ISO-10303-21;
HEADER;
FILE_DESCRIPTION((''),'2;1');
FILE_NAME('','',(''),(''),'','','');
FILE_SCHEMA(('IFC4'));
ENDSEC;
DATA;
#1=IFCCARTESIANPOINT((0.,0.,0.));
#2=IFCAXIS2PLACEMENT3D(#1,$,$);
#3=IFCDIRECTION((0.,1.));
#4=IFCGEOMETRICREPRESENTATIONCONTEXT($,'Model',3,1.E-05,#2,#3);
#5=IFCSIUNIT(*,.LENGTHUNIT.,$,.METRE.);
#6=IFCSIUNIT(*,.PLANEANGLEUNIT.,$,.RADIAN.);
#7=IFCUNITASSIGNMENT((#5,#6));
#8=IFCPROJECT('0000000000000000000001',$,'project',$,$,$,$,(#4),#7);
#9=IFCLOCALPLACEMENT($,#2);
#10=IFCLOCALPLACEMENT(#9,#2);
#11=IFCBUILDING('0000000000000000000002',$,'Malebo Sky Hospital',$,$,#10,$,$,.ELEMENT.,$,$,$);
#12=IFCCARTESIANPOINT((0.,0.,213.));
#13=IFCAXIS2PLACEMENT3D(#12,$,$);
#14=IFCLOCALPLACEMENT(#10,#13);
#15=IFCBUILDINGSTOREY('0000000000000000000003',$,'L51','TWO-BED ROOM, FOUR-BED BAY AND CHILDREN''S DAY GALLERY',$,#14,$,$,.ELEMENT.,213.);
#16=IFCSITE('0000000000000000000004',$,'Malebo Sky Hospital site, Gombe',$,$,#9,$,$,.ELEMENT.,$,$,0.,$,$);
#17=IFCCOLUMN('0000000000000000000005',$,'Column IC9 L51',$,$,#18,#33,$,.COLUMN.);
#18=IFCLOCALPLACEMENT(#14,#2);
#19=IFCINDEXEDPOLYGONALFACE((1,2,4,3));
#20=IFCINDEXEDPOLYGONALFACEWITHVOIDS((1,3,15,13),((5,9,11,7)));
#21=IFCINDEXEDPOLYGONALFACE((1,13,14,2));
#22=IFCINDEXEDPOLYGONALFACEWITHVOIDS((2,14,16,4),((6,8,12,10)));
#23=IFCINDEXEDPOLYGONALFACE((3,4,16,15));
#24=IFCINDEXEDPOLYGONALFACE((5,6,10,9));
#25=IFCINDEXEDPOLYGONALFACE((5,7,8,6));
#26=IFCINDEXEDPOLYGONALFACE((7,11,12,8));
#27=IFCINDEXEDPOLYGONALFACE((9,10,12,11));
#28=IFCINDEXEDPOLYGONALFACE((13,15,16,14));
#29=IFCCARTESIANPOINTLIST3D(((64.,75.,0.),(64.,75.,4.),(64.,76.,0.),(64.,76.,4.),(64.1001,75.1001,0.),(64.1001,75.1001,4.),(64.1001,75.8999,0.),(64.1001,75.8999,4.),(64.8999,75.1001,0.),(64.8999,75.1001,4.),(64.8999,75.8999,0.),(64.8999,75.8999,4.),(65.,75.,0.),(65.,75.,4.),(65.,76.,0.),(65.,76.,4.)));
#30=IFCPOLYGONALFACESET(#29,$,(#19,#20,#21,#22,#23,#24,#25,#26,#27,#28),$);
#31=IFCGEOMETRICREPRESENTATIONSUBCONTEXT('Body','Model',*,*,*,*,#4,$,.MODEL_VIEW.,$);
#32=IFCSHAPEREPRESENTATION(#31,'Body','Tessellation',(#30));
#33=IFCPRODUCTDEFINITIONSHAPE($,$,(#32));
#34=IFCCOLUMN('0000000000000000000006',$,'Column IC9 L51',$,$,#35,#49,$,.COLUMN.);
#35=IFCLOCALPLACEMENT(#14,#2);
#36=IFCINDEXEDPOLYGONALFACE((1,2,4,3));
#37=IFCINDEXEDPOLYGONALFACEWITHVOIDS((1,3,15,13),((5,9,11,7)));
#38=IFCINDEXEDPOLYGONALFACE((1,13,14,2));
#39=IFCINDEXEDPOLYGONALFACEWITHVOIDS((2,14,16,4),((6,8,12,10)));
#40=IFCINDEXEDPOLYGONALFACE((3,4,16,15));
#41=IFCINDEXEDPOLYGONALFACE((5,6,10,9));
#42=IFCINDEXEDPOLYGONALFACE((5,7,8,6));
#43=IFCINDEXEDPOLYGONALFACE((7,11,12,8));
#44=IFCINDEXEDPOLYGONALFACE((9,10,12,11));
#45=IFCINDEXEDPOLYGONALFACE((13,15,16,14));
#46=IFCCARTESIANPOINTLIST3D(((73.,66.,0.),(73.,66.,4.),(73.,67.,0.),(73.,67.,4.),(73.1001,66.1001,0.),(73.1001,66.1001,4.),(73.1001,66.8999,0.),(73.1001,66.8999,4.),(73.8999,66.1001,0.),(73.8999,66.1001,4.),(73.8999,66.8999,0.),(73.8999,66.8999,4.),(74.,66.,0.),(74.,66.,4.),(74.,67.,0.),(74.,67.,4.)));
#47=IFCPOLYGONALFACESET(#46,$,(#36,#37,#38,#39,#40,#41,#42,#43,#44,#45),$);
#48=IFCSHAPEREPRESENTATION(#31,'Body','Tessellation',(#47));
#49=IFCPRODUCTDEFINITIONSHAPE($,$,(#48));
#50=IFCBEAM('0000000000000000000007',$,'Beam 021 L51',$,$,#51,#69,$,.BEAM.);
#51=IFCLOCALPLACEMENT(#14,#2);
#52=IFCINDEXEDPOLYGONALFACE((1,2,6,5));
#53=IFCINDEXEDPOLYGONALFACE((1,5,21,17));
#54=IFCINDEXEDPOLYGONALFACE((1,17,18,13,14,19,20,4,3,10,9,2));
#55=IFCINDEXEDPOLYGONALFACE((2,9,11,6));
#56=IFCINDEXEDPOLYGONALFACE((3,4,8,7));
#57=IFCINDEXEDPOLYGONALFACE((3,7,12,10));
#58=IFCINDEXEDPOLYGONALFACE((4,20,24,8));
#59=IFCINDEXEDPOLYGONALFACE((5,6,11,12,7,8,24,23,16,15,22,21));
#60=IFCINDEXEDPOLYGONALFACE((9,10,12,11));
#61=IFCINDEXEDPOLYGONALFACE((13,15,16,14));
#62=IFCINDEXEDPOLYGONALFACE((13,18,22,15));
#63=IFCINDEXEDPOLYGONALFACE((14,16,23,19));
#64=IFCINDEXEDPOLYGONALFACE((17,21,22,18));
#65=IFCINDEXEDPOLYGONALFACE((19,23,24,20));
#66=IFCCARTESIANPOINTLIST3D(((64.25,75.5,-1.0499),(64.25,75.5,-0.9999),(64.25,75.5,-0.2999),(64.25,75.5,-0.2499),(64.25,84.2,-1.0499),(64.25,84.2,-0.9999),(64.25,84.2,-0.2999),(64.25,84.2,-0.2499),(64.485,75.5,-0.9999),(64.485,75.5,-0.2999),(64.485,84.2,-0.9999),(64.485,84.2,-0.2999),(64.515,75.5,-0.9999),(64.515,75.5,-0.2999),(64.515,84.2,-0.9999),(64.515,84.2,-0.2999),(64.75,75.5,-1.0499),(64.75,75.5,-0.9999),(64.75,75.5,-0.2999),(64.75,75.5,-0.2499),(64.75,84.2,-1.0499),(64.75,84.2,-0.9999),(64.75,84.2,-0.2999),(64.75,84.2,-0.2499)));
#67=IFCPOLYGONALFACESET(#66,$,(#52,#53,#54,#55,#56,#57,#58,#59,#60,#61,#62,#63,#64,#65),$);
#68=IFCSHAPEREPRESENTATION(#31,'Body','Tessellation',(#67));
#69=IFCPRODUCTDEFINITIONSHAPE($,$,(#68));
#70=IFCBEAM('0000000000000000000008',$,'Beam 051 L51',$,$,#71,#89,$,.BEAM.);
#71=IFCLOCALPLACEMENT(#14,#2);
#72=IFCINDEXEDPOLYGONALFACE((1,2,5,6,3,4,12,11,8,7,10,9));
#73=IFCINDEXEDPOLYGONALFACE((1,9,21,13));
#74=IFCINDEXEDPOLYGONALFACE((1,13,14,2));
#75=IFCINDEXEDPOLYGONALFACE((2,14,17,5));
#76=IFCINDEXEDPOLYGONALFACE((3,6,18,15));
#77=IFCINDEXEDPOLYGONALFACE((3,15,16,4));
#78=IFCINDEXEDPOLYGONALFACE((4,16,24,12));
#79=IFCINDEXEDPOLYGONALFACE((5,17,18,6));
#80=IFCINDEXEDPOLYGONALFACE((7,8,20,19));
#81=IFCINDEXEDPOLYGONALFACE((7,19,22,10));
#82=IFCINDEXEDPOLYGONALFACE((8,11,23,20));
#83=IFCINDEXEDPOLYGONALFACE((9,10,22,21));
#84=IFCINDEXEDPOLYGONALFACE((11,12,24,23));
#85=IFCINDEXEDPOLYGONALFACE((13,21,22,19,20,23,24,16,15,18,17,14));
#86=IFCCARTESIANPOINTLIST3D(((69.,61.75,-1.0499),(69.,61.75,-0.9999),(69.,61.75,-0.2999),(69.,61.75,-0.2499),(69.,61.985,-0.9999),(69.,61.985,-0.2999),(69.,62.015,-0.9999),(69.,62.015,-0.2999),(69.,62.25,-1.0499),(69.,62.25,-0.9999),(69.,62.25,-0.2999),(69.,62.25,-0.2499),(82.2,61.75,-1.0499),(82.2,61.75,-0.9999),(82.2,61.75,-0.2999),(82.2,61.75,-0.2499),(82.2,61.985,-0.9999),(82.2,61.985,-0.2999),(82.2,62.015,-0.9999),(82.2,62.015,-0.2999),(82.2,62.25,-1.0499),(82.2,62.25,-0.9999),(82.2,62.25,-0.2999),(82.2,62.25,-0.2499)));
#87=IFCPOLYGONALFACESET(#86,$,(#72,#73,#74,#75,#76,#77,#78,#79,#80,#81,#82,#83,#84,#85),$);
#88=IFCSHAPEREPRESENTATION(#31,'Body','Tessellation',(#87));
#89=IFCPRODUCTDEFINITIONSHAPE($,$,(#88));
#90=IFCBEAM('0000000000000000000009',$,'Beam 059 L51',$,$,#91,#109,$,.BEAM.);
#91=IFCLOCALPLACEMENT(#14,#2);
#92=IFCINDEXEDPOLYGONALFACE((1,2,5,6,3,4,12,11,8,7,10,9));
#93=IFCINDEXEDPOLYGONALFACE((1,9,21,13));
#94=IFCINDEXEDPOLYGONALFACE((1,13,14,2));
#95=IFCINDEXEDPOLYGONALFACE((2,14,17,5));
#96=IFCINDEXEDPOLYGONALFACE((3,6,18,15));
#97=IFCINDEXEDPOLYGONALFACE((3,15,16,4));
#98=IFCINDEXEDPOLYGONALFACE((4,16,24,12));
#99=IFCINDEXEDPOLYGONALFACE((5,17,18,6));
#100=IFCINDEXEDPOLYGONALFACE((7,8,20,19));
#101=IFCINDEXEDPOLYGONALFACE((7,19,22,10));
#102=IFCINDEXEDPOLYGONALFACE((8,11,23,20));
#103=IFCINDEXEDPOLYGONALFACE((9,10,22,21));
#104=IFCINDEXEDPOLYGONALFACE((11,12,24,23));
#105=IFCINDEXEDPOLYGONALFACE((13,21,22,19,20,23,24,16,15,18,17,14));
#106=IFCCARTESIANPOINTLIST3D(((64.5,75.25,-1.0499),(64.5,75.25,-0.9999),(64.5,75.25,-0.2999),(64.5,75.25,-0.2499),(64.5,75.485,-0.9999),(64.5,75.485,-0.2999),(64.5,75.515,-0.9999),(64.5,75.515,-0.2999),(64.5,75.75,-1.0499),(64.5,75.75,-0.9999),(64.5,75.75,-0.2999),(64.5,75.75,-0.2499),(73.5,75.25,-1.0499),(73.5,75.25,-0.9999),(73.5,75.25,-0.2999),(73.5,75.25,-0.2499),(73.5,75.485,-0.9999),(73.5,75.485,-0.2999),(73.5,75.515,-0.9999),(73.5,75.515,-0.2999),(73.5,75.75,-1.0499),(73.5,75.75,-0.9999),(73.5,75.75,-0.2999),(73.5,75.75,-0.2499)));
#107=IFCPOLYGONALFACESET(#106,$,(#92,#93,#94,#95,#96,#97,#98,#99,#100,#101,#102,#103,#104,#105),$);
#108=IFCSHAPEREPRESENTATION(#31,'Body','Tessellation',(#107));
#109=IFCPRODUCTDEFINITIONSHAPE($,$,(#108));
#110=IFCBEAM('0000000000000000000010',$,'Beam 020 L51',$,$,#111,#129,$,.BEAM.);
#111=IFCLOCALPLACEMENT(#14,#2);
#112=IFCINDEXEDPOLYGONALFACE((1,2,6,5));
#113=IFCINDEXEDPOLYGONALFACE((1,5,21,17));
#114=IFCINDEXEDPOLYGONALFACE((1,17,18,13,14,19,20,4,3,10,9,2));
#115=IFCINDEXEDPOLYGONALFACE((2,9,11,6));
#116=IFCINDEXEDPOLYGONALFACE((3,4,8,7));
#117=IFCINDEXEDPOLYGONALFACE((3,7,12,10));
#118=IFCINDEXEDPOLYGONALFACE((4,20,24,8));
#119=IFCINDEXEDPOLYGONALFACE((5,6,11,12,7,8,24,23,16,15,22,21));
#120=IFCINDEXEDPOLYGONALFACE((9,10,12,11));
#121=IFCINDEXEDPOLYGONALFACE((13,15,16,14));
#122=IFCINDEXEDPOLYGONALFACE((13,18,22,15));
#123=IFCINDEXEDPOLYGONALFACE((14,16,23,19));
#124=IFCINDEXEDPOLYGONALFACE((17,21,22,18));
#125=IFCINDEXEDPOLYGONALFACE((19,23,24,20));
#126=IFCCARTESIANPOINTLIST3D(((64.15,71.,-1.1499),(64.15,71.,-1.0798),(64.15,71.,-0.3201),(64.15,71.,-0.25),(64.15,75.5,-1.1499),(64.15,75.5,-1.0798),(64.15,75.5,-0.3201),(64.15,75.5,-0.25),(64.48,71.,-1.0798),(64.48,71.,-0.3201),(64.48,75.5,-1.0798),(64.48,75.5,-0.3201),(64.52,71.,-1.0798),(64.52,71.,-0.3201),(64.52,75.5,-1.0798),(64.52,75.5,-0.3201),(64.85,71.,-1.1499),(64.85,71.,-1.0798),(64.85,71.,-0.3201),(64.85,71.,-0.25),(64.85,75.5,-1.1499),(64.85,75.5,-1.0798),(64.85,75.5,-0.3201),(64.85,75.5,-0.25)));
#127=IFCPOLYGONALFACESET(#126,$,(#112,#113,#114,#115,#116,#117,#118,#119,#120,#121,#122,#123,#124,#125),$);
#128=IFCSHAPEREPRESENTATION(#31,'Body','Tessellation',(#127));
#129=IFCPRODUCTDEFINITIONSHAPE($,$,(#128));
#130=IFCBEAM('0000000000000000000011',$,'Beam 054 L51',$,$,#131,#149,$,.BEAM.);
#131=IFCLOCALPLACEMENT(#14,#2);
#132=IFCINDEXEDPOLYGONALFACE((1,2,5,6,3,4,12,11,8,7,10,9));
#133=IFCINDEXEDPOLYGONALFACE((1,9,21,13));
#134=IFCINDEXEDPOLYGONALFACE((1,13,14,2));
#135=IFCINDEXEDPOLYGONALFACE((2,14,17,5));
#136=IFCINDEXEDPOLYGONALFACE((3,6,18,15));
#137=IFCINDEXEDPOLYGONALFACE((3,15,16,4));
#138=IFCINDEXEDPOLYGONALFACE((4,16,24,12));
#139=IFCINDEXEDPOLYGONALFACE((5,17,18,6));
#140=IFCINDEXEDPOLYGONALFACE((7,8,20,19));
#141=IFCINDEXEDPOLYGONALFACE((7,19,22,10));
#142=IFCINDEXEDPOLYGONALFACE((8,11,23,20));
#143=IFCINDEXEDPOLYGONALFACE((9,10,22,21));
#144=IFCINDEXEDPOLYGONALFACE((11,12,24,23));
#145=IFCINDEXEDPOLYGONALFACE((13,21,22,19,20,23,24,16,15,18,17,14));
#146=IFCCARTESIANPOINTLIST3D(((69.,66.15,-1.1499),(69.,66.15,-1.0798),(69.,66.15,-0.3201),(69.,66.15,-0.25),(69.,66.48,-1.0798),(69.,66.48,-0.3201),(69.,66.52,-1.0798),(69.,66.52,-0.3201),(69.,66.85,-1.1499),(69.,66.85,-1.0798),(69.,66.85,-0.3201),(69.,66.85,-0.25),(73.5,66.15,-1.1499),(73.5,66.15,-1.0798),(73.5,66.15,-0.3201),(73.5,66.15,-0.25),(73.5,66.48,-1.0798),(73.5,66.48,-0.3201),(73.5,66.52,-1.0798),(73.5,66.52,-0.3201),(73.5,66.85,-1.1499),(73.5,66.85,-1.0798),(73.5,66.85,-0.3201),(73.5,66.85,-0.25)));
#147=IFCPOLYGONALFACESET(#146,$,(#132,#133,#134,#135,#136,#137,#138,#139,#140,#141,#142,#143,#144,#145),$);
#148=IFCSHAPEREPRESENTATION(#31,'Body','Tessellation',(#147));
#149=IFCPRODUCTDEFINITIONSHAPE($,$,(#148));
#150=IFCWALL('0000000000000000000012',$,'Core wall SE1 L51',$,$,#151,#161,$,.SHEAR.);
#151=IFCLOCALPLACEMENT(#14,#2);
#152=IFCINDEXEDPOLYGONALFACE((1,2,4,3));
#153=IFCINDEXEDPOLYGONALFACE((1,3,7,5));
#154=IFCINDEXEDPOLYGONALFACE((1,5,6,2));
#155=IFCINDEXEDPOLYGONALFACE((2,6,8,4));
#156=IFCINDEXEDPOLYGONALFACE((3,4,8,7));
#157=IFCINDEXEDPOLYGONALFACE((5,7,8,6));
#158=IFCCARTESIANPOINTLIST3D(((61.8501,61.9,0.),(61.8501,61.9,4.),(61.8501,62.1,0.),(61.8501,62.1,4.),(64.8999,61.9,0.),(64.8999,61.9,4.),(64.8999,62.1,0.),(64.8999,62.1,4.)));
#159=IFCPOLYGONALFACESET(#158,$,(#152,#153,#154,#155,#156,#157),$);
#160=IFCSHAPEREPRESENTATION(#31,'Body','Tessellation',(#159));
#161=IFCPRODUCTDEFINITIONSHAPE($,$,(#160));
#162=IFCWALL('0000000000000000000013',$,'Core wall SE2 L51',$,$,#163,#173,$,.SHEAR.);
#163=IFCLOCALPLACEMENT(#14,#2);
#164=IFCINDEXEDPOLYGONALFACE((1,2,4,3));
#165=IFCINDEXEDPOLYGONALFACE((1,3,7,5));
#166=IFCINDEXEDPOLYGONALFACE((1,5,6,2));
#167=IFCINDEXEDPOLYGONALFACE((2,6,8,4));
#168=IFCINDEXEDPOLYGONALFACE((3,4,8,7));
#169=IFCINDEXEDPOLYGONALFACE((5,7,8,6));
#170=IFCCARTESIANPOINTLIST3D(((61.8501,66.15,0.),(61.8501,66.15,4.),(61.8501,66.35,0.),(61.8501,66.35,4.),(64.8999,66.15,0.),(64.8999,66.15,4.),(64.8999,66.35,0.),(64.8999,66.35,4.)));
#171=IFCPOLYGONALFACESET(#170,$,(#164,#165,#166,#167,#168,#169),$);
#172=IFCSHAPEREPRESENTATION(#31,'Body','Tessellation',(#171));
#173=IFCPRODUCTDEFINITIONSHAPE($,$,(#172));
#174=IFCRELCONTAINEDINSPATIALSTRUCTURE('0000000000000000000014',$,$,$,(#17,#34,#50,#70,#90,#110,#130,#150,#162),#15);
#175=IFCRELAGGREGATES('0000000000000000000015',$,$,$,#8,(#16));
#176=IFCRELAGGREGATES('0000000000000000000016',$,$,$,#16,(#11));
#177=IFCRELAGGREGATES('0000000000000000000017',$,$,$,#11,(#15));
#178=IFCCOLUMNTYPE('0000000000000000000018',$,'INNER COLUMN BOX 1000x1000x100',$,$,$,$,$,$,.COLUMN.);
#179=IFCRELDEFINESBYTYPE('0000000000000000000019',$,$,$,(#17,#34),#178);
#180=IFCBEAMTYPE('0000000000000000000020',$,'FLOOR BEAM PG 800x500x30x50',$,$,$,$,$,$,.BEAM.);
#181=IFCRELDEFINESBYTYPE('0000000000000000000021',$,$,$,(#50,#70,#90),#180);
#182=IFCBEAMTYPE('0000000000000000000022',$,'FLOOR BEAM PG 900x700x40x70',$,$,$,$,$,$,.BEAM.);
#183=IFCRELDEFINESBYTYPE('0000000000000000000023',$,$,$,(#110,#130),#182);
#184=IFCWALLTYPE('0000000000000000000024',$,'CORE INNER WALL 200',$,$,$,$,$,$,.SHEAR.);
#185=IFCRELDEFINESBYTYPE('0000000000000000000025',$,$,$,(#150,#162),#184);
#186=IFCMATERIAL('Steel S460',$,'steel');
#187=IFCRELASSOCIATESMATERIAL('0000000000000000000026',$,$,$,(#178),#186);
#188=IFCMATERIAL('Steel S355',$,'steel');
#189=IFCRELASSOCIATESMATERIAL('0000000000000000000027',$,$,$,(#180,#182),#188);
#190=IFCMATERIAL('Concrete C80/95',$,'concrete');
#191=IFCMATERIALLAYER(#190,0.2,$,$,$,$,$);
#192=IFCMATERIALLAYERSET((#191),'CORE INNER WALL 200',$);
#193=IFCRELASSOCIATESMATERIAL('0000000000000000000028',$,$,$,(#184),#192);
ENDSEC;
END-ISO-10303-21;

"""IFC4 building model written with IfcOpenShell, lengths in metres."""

from ifc_helpers import new_model, si_unit, direction, frame, frame_2d, origin, origin_2d, place, context, subcontext, project, spatial, rectangle, hollow_rectangle, i_section, extrude, material, layer, layer_set, material_profile, profile_set, type_object, element, save


model = new_model("IFC4")

# Units and contexts
model_context = context("Model", 3, precision=1e-05, world=origin(), true_north=direction((0.0, 1.0)))
body_context = subcontext(model_context, "Body", "Model", "MODEL_VIEW")
ifc_project = project(units=[si_unit("LENGTHUNIT", "METRE"), si_unit("PLANEANGLEUNIT", "RADIAN")], contexts=[model_context])

# Site, building, storey
site_placement = place(None, origin())
site = spatial("IfcSite", under=ifc_project, at=site_placement, Name="Malebo Sky Hospital site, Gombe", CompositionType="ELEMENT", RefElevation=0.0)
building_placement = place(site_placement, origin())
building = spatial("IfcBuilding", under=site, at=building_placement, Name="Malebo Sky Hospital", CompositionType="ELEMENT")
storey_placement = place(building_placement, frame((0.0, 0.0, 213.0)))
storey = spatial("IfcBuildingStorey", under=building, at=storey_placement, Name="L51", Description="TWO-BED ROOM, FOUR-BED BAY AND CHILDREN'S DAY GALLERY", CompositionType="ELEMENT", Elevation=213.0)

# Columns
ifc_material_1 = material(Name="Steel S460", Category="steel")
ifc_material_profile_1 = material_profile(ifc_material_1, hollow_rectangle(XDim=1.0, YDim=1.0, WallThickness=0.1001, at=origin_2d()), Name="BOX 1000x1000x100")
ifc_profile_set_1 = profile_set([ifc_material_profile_1], Name="Steel S460")
column_type = type_object("IfcColumnType", Name="INNER COLUMN BOX 1000x1000x100", PredefinedType="COLUMN", material=ifc_profile_set_1)
for number, where, z_axis, x_axis, name in (
    (1, (64.5, 75.5, 0.0), (0.0, 0.0, 1.0), (1.0, 0.0, 0.0), "Column IC9 L51"),
    (2, (73.5, 66.5, 0.0), (0.0, 0.0, 1.0), (1.0, 0.0, 0.0), "Column IC9 L51"),
):
    element("IfcColumn", number, at=place(storey_placement, frame(where, z_axis=z_axis, x_axis=x_axis)), inside=storey, type_object=column_type, Name=name, PredefinedType="COLUMN", context=body_context, shape_type="SweptSolid", body=[
        extrude(hollow_rectangle(XDim=1.0, YDim=1.0, WallThickness=0.1001, at=origin_2d()), origin(), (0.0, 0.0, 1.0), 4.0),
    ])

# Beams
ifc_material_2 = material(Name="Steel S355", Category="steel")
ifc_material_profile_2 = material_profile(ifc_material_2, i_section(OverallWidth=0.5, OverallDepth=0.8, WebThickness=0.03, FlangeThickness=0.05, at=origin_2d()), Name="PG 800x500x30x50")
ifc_profile_set_2 = profile_set([ifc_material_profile_2], Name="Steel S355")
beam_type_1 = type_object("IfcBeamType", Name="FLOOR BEAM PG 800x500x30x50", PredefinedType="BEAM", material=ifc_profile_set_2)
beam_1_placement = place(storey_placement, frame((64.5, 75.5, -0.6499), z_axis=(0.0, 1.0, 0.0), x_axis=(-1.0, 0.0, 0.0)))
element("IfcBeam", 3, at=beam_1_placement, inside=storey, type_object=beam_type_1, Name="Beam 021 L51", PredefinedType="BEAM", context=body_context, shape_type="SweptSolid", body=[
    extrude(i_section(OverallWidth=0.5, OverallDepth=0.8, WebThickness=0.03, FlangeThickness=0.05, at=origin_2d()), origin(), (0.0, 0.0, 1.0), 8.7),
])
beam_2_placement = place(storey_placement, frame((69.0, 62.0, -0.6499), z_axis=(1.0, 0.0, 0.0), x_axis=(0.0, 1.0, 0.0)))
element("IfcBeam", 4, at=beam_2_placement, inside=storey, type_object=beam_type_1, Name="Beam 051 L51", PredefinedType="BEAM", context=body_context, shape_type="SweptSolid", body=[
    extrude(i_section(OverallWidth=0.5, OverallDepth=0.8, WebThickness=0.03, FlangeThickness=0.05, at=origin_2d()), origin(), (0.0, 0.0, 1.0), 13.2),
])
beam_3_placement = place(storey_placement, frame((64.5, 75.5, -0.6499), z_axis=(1.0, 0.0, 0.0), x_axis=(0.0, 1.0, 0.0)))
element("IfcBeam", 5, at=beam_3_placement, inside=storey, type_object=beam_type_1, Name="Beam 059 L51", PredefinedType="BEAM", context=body_context, shape_type="SweptSolid", body=[
    extrude(i_section(OverallWidth=0.5, OverallDepth=0.8, WebThickness=0.03, FlangeThickness=0.05, at=origin_2d()), origin(), (0.0, 0.0, 1.0), 9.0),
])
ifc_material_profile_3 = material_profile(ifc_material_2, i_section(OverallWidth=0.7, OverallDepth=0.8999, WebThickness=0.04, FlangeThickness=0.0701, at=origin_2d()), Name="PG 900x700x40x70")
ifc_profile_set_3 = profile_set([ifc_material_profile_3], Name="Steel S355")
beam_type_2 = type_object("IfcBeamType", Name="FLOOR BEAM PG 900x700x40x70", PredefinedType="BEAM", material=ifc_profile_set_3)
for number, where, z_axis, x_axis, name in (
    (6, (64.5, 71.0, -0.7), (0.0, 1.0, 0.0), (-1.0, 0.0, 0.0), "Beam 020 L51"),
    (7, (69.0, 66.5, -0.7), (1.0, 0.0, 0.0), (0.0, 1.0, 0.0), "Beam 054 L51"),
):
    element("IfcBeam", number, at=place(storey_placement, frame(where, z_axis=z_axis, x_axis=x_axis)), inside=storey, type_object=beam_type_2, Name=name, PredefinedType="BEAM", context=body_context, shape_type="SweptSolid", body=[
        extrude(i_section(OverallWidth=0.7, OverallDepth=0.8999, WebThickness=0.04, FlangeThickness=0.0701, at=origin_2d()), origin(), (0.0, 0.0, 1.0), 4.5),
    ])

# Walls
ifc_material_3 = material(Name="Concrete C80/95", Category="concrete")
ifc_layer_1 = layer(ifc_material_3, 0.2)
ifc_layer_set_1 = layer_set([ifc_layer_1], Name="CORE INNER WALL 200")
wall_type_1 = type_object("IfcWallType", Name="CORE INNER WALL 200", PredefinedType="SHEAR", material=ifc_layer_set_1)
for number, where, z_axis, x_axis, name in (
    (8, (61.8501, 62.0, 0.0), (0.0, 0.0, 1.0), (1.0, 0.0, 0.0), "Core wall SE1 L51"),
    (9, (61.8501, 66.25, 0.0), (0.0, 0.0, 1.0), (1.0, 0.0, 0.0), "Core wall SE2 L51"),
):
    element("IfcWall", number, at=place(storey_placement, frame(where, z_axis=z_axis, x_axis=x_axis)), inside=storey, type_object=wall_type_1, Name=name, PredefinedType="SHEAR", context=body_context, shape_type="SweptSolid", body=[
        extrude(rectangle(XDim=3.0498, YDim=0.2, at=frame_2d((1.5249, 0.0))), origin(), (0.0, 0.0, 1.0), 4.0),
    ])

save(model, "model.ifc")
